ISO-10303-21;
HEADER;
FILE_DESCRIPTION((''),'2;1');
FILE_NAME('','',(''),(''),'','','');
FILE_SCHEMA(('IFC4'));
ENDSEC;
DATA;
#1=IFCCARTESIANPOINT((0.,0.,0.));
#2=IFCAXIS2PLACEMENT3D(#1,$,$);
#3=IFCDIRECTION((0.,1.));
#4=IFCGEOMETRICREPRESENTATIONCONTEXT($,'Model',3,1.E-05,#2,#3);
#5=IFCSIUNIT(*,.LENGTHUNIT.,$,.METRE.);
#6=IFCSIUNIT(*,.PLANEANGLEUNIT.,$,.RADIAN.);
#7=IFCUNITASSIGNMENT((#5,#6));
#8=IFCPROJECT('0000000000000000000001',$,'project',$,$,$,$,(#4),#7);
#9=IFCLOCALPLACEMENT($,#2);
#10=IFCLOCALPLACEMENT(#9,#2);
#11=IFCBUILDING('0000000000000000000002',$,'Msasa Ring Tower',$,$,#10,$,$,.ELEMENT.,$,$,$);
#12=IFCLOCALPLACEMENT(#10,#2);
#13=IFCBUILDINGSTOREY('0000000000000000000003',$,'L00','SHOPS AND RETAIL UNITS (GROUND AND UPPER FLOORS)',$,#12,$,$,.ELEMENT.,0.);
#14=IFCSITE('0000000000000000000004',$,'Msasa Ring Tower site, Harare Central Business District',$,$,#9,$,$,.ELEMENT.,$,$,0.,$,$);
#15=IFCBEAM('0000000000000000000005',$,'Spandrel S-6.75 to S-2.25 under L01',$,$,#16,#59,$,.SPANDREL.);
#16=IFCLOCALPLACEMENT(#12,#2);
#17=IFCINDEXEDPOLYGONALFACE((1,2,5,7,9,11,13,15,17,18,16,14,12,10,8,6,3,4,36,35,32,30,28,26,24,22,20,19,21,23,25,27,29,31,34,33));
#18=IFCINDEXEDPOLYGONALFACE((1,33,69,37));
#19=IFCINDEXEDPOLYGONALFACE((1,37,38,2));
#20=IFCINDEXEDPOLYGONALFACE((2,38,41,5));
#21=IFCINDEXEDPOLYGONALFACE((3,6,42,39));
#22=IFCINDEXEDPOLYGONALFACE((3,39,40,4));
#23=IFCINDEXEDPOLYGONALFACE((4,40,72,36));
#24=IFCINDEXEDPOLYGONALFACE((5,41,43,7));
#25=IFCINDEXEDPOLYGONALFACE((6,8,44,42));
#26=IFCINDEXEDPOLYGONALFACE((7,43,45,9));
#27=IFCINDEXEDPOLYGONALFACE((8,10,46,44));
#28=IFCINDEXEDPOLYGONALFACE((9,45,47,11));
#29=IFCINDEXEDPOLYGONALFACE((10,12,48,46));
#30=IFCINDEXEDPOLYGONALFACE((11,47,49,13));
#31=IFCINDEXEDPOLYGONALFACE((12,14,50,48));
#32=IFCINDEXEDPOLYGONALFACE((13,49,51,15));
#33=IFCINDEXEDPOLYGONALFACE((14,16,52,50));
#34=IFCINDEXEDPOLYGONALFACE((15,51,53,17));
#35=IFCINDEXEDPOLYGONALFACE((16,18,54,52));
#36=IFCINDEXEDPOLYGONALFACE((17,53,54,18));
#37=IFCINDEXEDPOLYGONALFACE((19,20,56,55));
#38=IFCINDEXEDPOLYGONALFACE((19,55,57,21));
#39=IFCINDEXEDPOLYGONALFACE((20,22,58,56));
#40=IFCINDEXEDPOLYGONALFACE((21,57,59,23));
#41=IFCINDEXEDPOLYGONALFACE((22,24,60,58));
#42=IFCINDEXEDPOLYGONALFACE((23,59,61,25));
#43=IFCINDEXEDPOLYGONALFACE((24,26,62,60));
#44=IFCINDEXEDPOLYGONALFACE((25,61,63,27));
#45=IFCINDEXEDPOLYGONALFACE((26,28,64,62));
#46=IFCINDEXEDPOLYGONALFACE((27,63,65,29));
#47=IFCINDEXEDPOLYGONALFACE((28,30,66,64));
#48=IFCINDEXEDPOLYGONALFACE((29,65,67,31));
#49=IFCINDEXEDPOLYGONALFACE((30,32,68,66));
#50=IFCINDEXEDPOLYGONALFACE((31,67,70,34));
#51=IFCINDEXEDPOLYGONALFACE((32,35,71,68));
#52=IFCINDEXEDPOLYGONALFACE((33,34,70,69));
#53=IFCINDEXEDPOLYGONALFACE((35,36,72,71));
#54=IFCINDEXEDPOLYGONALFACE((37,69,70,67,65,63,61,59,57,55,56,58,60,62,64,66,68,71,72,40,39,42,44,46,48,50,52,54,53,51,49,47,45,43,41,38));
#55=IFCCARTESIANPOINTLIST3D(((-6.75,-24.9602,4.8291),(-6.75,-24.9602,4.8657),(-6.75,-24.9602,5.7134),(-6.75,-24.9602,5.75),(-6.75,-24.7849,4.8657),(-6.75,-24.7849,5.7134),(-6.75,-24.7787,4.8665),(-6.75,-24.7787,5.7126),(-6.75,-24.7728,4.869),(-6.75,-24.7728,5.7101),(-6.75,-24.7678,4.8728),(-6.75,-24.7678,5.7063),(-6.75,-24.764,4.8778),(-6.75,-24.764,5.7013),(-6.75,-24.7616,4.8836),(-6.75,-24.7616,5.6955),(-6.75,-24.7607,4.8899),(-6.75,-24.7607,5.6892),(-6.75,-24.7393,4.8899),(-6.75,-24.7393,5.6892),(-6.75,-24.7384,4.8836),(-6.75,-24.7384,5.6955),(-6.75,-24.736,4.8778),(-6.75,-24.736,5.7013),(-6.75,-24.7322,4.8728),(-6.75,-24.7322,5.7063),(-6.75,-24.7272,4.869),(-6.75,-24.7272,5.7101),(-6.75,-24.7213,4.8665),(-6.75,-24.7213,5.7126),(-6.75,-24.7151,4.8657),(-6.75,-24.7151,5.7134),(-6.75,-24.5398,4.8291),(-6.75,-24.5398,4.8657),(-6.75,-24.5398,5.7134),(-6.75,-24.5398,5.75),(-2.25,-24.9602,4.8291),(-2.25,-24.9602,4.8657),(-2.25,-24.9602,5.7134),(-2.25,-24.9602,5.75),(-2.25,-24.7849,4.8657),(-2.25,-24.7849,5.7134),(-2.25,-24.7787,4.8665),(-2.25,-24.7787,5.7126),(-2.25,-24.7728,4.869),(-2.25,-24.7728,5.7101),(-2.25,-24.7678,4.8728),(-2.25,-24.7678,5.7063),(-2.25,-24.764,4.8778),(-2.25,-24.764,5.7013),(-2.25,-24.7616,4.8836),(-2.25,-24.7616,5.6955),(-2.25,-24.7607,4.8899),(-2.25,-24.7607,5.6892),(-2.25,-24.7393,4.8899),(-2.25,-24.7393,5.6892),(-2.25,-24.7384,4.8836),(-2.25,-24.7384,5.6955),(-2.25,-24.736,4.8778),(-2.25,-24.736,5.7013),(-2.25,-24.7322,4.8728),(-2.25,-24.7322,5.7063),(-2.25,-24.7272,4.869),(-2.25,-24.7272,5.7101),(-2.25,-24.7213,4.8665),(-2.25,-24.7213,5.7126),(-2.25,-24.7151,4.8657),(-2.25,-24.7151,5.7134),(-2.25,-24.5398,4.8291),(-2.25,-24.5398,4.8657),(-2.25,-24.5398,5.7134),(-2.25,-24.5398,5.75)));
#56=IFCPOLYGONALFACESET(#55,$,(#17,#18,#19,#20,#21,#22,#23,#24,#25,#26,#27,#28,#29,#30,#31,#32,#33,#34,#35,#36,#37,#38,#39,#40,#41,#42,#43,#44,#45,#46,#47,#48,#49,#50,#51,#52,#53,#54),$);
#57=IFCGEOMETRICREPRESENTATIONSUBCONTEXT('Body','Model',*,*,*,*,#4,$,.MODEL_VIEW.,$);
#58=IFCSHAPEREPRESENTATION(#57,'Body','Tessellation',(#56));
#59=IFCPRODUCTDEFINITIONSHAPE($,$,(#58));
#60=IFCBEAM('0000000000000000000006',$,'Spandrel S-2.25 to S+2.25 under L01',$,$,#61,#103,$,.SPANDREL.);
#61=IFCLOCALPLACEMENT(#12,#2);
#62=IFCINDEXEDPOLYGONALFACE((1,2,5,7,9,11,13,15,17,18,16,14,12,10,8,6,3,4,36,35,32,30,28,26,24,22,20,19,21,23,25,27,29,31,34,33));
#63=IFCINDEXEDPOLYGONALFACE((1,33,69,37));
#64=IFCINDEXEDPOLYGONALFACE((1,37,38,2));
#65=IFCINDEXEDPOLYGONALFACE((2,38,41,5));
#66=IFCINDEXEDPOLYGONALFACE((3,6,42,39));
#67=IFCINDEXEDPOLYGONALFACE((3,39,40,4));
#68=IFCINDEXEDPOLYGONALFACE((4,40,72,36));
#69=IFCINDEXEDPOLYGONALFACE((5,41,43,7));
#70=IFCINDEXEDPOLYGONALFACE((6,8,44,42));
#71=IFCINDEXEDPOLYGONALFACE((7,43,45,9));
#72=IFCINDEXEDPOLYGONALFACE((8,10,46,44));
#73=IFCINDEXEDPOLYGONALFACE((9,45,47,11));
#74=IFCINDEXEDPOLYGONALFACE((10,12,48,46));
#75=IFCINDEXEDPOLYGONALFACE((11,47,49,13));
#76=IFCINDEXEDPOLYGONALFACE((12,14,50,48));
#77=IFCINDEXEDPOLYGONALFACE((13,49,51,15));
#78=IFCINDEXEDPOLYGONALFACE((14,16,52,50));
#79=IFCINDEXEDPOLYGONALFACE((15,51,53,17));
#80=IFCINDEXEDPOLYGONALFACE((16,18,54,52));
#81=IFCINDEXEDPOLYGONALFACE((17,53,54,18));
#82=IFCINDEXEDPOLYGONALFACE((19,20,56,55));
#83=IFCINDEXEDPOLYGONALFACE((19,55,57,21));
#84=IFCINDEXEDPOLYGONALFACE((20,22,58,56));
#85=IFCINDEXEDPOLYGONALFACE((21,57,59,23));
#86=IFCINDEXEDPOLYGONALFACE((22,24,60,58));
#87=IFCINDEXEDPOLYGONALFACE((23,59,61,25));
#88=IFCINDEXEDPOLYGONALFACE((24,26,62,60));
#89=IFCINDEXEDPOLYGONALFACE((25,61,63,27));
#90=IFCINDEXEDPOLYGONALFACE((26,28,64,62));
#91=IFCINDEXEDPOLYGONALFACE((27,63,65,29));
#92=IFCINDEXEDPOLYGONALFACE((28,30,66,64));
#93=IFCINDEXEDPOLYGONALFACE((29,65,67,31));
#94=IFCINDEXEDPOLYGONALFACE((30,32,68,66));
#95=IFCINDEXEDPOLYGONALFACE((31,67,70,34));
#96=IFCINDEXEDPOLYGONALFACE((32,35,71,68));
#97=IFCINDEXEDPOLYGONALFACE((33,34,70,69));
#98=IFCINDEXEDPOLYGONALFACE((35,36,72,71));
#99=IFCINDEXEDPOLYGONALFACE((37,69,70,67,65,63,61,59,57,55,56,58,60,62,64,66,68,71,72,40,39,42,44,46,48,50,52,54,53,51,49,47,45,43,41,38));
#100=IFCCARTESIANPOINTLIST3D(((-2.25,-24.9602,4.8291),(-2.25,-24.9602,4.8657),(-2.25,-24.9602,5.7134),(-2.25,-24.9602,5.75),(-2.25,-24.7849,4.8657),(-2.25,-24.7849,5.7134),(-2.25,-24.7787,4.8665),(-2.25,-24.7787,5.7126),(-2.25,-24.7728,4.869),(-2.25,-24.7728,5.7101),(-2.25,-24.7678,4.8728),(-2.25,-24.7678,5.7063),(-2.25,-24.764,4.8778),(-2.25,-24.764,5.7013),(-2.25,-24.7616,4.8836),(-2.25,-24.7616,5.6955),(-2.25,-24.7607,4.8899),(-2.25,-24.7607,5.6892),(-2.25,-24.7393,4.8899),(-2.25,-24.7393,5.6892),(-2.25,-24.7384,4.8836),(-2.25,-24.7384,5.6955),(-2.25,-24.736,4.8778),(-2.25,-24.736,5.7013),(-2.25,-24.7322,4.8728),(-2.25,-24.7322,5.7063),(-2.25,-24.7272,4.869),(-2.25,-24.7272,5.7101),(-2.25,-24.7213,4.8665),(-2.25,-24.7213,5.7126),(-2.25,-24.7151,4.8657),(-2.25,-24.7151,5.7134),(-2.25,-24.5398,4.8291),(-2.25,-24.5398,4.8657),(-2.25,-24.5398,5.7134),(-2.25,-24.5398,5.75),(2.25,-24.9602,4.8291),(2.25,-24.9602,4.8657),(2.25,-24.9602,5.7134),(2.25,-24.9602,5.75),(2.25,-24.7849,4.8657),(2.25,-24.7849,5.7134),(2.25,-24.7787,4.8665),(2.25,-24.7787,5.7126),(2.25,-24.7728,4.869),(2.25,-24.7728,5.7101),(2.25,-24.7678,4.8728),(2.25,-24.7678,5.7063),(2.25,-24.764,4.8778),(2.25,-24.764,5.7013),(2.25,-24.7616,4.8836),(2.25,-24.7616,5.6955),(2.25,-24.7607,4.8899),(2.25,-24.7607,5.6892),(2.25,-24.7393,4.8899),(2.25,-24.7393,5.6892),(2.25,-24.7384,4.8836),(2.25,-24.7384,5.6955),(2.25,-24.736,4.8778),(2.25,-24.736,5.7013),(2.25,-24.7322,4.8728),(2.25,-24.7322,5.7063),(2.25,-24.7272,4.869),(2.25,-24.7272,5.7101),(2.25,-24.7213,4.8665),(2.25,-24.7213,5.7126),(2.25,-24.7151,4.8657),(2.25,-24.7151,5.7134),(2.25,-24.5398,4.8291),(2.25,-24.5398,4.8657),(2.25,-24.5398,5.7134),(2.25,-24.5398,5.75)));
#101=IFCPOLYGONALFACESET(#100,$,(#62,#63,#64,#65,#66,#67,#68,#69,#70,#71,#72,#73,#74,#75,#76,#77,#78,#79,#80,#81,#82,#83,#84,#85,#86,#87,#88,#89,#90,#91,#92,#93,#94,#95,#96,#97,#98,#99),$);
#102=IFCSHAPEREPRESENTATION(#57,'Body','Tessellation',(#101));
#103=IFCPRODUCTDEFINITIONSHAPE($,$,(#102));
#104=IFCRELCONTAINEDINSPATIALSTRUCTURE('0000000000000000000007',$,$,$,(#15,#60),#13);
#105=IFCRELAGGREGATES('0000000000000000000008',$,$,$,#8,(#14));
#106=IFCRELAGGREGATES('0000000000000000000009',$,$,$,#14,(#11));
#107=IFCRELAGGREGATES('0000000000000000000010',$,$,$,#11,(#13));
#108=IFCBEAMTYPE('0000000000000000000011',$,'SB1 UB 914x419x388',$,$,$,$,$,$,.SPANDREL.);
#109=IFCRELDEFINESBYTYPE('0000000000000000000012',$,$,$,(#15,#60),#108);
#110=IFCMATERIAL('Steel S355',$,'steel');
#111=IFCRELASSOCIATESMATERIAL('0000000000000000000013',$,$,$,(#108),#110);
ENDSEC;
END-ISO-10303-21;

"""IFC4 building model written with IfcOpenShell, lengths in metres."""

from ifc_helpers import new_model, si_unit, direction, frame, origin, origin_2d, place, context, subcontext, project, spatial, i_section, extrude, material, material_profile, profile_set, type_object, element, save


model = new_model("IFC4")

# Units and contexts
model_context = context("Model", 3, precision=1e-05, world=origin(), true_north=direction((0.0, 1.0)))
body_context = subcontext(model_context, "Body", "Model", "MODEL_VIEW")
ifc_project = project(units=[si_unit("LENGTHUNIT", "METRE"), si_unit("PLANEANGLEUNIT", "RADIAN")], contexts=[model_context])

# Site, building, storey
site_placement = place(None, origin())
site = spatial("IfcSite", under=ifc_project, at=site_placement, Name="Msasa Ring Tower site, Harare Central Business District", CompositionType="ELEMENT", RefElevation=0.0)
building_placement = place(site_placement, origin())
building = spatial("IfcBuilding", under=site, at=building_placement, Name="Msasa Ring Tower", CompositionType="ELEMENT")
storey_placement = place(building_placement, origin())
storey = spatial("IfcBuildingStorey", under=building, at=storey_placement, Name="L00", Description="SHOPS AND RETAIL UNITS (GROUND AND UPPER FLOORS)", CompositionType="ELEMENT", Elevation=0.0)

# Beams
ifc_material_1 = material(Name="Steel S355", Category="steel")
ifc_material_profile_1 = material_profile(ifc_material_1, i_section(OverallWidth=0.4204, OverallDepth=0.9209, WebThickness=0.0215, FlangeThickness=0.0366, FilletRadius=0.0242, at=origin_2d()), Name="UB 914x419x388")
ifc_profile_set_1 = profile_set([ifc_material_profile_1], Name="Steel S355")
beam_type_1 = type_object("IfcBeamType", Name="SB1 UB 914x419x388", PredefinedType="SPANDREL", material=ifc_profile_set_1)
for number, where, z_axis, x_axis, name in (
    (1, (-6.75, -24.75, 5.2896), (1.0, 0.0, 0.0), (0.0, 1.0, 0.0), "Spandrel S-6.75 to S-2.25 under L01"),
    (2, (-2.25, -24.75, 5.2896), (1.0, 0.0, 0.0), (0.0, 1.0, 0.0), "Spandrel S-2.25 to S+2.25 under L01"),
):
    element("IfcBeam", number, at=place(storey_placement, frame(where, z_axis=z_axis, x_axis=x_axis)), inside=storey, type_object=beam_type_1, Name=name, PredefinedType="SPANDREL", context=body_context, shape_type="SweptSolid", body=[
        extrude(i_section(OverallWidth=0.4204, OverallDepth=0.9209, WebThickness=0.0215, FlangeThickness=0.0366, FilletRadius=0.0242, at=origin_2d()), origin(), (0.0, 0.0, 1.0), 4.5),
    ])

save(model, "model.ifc")
